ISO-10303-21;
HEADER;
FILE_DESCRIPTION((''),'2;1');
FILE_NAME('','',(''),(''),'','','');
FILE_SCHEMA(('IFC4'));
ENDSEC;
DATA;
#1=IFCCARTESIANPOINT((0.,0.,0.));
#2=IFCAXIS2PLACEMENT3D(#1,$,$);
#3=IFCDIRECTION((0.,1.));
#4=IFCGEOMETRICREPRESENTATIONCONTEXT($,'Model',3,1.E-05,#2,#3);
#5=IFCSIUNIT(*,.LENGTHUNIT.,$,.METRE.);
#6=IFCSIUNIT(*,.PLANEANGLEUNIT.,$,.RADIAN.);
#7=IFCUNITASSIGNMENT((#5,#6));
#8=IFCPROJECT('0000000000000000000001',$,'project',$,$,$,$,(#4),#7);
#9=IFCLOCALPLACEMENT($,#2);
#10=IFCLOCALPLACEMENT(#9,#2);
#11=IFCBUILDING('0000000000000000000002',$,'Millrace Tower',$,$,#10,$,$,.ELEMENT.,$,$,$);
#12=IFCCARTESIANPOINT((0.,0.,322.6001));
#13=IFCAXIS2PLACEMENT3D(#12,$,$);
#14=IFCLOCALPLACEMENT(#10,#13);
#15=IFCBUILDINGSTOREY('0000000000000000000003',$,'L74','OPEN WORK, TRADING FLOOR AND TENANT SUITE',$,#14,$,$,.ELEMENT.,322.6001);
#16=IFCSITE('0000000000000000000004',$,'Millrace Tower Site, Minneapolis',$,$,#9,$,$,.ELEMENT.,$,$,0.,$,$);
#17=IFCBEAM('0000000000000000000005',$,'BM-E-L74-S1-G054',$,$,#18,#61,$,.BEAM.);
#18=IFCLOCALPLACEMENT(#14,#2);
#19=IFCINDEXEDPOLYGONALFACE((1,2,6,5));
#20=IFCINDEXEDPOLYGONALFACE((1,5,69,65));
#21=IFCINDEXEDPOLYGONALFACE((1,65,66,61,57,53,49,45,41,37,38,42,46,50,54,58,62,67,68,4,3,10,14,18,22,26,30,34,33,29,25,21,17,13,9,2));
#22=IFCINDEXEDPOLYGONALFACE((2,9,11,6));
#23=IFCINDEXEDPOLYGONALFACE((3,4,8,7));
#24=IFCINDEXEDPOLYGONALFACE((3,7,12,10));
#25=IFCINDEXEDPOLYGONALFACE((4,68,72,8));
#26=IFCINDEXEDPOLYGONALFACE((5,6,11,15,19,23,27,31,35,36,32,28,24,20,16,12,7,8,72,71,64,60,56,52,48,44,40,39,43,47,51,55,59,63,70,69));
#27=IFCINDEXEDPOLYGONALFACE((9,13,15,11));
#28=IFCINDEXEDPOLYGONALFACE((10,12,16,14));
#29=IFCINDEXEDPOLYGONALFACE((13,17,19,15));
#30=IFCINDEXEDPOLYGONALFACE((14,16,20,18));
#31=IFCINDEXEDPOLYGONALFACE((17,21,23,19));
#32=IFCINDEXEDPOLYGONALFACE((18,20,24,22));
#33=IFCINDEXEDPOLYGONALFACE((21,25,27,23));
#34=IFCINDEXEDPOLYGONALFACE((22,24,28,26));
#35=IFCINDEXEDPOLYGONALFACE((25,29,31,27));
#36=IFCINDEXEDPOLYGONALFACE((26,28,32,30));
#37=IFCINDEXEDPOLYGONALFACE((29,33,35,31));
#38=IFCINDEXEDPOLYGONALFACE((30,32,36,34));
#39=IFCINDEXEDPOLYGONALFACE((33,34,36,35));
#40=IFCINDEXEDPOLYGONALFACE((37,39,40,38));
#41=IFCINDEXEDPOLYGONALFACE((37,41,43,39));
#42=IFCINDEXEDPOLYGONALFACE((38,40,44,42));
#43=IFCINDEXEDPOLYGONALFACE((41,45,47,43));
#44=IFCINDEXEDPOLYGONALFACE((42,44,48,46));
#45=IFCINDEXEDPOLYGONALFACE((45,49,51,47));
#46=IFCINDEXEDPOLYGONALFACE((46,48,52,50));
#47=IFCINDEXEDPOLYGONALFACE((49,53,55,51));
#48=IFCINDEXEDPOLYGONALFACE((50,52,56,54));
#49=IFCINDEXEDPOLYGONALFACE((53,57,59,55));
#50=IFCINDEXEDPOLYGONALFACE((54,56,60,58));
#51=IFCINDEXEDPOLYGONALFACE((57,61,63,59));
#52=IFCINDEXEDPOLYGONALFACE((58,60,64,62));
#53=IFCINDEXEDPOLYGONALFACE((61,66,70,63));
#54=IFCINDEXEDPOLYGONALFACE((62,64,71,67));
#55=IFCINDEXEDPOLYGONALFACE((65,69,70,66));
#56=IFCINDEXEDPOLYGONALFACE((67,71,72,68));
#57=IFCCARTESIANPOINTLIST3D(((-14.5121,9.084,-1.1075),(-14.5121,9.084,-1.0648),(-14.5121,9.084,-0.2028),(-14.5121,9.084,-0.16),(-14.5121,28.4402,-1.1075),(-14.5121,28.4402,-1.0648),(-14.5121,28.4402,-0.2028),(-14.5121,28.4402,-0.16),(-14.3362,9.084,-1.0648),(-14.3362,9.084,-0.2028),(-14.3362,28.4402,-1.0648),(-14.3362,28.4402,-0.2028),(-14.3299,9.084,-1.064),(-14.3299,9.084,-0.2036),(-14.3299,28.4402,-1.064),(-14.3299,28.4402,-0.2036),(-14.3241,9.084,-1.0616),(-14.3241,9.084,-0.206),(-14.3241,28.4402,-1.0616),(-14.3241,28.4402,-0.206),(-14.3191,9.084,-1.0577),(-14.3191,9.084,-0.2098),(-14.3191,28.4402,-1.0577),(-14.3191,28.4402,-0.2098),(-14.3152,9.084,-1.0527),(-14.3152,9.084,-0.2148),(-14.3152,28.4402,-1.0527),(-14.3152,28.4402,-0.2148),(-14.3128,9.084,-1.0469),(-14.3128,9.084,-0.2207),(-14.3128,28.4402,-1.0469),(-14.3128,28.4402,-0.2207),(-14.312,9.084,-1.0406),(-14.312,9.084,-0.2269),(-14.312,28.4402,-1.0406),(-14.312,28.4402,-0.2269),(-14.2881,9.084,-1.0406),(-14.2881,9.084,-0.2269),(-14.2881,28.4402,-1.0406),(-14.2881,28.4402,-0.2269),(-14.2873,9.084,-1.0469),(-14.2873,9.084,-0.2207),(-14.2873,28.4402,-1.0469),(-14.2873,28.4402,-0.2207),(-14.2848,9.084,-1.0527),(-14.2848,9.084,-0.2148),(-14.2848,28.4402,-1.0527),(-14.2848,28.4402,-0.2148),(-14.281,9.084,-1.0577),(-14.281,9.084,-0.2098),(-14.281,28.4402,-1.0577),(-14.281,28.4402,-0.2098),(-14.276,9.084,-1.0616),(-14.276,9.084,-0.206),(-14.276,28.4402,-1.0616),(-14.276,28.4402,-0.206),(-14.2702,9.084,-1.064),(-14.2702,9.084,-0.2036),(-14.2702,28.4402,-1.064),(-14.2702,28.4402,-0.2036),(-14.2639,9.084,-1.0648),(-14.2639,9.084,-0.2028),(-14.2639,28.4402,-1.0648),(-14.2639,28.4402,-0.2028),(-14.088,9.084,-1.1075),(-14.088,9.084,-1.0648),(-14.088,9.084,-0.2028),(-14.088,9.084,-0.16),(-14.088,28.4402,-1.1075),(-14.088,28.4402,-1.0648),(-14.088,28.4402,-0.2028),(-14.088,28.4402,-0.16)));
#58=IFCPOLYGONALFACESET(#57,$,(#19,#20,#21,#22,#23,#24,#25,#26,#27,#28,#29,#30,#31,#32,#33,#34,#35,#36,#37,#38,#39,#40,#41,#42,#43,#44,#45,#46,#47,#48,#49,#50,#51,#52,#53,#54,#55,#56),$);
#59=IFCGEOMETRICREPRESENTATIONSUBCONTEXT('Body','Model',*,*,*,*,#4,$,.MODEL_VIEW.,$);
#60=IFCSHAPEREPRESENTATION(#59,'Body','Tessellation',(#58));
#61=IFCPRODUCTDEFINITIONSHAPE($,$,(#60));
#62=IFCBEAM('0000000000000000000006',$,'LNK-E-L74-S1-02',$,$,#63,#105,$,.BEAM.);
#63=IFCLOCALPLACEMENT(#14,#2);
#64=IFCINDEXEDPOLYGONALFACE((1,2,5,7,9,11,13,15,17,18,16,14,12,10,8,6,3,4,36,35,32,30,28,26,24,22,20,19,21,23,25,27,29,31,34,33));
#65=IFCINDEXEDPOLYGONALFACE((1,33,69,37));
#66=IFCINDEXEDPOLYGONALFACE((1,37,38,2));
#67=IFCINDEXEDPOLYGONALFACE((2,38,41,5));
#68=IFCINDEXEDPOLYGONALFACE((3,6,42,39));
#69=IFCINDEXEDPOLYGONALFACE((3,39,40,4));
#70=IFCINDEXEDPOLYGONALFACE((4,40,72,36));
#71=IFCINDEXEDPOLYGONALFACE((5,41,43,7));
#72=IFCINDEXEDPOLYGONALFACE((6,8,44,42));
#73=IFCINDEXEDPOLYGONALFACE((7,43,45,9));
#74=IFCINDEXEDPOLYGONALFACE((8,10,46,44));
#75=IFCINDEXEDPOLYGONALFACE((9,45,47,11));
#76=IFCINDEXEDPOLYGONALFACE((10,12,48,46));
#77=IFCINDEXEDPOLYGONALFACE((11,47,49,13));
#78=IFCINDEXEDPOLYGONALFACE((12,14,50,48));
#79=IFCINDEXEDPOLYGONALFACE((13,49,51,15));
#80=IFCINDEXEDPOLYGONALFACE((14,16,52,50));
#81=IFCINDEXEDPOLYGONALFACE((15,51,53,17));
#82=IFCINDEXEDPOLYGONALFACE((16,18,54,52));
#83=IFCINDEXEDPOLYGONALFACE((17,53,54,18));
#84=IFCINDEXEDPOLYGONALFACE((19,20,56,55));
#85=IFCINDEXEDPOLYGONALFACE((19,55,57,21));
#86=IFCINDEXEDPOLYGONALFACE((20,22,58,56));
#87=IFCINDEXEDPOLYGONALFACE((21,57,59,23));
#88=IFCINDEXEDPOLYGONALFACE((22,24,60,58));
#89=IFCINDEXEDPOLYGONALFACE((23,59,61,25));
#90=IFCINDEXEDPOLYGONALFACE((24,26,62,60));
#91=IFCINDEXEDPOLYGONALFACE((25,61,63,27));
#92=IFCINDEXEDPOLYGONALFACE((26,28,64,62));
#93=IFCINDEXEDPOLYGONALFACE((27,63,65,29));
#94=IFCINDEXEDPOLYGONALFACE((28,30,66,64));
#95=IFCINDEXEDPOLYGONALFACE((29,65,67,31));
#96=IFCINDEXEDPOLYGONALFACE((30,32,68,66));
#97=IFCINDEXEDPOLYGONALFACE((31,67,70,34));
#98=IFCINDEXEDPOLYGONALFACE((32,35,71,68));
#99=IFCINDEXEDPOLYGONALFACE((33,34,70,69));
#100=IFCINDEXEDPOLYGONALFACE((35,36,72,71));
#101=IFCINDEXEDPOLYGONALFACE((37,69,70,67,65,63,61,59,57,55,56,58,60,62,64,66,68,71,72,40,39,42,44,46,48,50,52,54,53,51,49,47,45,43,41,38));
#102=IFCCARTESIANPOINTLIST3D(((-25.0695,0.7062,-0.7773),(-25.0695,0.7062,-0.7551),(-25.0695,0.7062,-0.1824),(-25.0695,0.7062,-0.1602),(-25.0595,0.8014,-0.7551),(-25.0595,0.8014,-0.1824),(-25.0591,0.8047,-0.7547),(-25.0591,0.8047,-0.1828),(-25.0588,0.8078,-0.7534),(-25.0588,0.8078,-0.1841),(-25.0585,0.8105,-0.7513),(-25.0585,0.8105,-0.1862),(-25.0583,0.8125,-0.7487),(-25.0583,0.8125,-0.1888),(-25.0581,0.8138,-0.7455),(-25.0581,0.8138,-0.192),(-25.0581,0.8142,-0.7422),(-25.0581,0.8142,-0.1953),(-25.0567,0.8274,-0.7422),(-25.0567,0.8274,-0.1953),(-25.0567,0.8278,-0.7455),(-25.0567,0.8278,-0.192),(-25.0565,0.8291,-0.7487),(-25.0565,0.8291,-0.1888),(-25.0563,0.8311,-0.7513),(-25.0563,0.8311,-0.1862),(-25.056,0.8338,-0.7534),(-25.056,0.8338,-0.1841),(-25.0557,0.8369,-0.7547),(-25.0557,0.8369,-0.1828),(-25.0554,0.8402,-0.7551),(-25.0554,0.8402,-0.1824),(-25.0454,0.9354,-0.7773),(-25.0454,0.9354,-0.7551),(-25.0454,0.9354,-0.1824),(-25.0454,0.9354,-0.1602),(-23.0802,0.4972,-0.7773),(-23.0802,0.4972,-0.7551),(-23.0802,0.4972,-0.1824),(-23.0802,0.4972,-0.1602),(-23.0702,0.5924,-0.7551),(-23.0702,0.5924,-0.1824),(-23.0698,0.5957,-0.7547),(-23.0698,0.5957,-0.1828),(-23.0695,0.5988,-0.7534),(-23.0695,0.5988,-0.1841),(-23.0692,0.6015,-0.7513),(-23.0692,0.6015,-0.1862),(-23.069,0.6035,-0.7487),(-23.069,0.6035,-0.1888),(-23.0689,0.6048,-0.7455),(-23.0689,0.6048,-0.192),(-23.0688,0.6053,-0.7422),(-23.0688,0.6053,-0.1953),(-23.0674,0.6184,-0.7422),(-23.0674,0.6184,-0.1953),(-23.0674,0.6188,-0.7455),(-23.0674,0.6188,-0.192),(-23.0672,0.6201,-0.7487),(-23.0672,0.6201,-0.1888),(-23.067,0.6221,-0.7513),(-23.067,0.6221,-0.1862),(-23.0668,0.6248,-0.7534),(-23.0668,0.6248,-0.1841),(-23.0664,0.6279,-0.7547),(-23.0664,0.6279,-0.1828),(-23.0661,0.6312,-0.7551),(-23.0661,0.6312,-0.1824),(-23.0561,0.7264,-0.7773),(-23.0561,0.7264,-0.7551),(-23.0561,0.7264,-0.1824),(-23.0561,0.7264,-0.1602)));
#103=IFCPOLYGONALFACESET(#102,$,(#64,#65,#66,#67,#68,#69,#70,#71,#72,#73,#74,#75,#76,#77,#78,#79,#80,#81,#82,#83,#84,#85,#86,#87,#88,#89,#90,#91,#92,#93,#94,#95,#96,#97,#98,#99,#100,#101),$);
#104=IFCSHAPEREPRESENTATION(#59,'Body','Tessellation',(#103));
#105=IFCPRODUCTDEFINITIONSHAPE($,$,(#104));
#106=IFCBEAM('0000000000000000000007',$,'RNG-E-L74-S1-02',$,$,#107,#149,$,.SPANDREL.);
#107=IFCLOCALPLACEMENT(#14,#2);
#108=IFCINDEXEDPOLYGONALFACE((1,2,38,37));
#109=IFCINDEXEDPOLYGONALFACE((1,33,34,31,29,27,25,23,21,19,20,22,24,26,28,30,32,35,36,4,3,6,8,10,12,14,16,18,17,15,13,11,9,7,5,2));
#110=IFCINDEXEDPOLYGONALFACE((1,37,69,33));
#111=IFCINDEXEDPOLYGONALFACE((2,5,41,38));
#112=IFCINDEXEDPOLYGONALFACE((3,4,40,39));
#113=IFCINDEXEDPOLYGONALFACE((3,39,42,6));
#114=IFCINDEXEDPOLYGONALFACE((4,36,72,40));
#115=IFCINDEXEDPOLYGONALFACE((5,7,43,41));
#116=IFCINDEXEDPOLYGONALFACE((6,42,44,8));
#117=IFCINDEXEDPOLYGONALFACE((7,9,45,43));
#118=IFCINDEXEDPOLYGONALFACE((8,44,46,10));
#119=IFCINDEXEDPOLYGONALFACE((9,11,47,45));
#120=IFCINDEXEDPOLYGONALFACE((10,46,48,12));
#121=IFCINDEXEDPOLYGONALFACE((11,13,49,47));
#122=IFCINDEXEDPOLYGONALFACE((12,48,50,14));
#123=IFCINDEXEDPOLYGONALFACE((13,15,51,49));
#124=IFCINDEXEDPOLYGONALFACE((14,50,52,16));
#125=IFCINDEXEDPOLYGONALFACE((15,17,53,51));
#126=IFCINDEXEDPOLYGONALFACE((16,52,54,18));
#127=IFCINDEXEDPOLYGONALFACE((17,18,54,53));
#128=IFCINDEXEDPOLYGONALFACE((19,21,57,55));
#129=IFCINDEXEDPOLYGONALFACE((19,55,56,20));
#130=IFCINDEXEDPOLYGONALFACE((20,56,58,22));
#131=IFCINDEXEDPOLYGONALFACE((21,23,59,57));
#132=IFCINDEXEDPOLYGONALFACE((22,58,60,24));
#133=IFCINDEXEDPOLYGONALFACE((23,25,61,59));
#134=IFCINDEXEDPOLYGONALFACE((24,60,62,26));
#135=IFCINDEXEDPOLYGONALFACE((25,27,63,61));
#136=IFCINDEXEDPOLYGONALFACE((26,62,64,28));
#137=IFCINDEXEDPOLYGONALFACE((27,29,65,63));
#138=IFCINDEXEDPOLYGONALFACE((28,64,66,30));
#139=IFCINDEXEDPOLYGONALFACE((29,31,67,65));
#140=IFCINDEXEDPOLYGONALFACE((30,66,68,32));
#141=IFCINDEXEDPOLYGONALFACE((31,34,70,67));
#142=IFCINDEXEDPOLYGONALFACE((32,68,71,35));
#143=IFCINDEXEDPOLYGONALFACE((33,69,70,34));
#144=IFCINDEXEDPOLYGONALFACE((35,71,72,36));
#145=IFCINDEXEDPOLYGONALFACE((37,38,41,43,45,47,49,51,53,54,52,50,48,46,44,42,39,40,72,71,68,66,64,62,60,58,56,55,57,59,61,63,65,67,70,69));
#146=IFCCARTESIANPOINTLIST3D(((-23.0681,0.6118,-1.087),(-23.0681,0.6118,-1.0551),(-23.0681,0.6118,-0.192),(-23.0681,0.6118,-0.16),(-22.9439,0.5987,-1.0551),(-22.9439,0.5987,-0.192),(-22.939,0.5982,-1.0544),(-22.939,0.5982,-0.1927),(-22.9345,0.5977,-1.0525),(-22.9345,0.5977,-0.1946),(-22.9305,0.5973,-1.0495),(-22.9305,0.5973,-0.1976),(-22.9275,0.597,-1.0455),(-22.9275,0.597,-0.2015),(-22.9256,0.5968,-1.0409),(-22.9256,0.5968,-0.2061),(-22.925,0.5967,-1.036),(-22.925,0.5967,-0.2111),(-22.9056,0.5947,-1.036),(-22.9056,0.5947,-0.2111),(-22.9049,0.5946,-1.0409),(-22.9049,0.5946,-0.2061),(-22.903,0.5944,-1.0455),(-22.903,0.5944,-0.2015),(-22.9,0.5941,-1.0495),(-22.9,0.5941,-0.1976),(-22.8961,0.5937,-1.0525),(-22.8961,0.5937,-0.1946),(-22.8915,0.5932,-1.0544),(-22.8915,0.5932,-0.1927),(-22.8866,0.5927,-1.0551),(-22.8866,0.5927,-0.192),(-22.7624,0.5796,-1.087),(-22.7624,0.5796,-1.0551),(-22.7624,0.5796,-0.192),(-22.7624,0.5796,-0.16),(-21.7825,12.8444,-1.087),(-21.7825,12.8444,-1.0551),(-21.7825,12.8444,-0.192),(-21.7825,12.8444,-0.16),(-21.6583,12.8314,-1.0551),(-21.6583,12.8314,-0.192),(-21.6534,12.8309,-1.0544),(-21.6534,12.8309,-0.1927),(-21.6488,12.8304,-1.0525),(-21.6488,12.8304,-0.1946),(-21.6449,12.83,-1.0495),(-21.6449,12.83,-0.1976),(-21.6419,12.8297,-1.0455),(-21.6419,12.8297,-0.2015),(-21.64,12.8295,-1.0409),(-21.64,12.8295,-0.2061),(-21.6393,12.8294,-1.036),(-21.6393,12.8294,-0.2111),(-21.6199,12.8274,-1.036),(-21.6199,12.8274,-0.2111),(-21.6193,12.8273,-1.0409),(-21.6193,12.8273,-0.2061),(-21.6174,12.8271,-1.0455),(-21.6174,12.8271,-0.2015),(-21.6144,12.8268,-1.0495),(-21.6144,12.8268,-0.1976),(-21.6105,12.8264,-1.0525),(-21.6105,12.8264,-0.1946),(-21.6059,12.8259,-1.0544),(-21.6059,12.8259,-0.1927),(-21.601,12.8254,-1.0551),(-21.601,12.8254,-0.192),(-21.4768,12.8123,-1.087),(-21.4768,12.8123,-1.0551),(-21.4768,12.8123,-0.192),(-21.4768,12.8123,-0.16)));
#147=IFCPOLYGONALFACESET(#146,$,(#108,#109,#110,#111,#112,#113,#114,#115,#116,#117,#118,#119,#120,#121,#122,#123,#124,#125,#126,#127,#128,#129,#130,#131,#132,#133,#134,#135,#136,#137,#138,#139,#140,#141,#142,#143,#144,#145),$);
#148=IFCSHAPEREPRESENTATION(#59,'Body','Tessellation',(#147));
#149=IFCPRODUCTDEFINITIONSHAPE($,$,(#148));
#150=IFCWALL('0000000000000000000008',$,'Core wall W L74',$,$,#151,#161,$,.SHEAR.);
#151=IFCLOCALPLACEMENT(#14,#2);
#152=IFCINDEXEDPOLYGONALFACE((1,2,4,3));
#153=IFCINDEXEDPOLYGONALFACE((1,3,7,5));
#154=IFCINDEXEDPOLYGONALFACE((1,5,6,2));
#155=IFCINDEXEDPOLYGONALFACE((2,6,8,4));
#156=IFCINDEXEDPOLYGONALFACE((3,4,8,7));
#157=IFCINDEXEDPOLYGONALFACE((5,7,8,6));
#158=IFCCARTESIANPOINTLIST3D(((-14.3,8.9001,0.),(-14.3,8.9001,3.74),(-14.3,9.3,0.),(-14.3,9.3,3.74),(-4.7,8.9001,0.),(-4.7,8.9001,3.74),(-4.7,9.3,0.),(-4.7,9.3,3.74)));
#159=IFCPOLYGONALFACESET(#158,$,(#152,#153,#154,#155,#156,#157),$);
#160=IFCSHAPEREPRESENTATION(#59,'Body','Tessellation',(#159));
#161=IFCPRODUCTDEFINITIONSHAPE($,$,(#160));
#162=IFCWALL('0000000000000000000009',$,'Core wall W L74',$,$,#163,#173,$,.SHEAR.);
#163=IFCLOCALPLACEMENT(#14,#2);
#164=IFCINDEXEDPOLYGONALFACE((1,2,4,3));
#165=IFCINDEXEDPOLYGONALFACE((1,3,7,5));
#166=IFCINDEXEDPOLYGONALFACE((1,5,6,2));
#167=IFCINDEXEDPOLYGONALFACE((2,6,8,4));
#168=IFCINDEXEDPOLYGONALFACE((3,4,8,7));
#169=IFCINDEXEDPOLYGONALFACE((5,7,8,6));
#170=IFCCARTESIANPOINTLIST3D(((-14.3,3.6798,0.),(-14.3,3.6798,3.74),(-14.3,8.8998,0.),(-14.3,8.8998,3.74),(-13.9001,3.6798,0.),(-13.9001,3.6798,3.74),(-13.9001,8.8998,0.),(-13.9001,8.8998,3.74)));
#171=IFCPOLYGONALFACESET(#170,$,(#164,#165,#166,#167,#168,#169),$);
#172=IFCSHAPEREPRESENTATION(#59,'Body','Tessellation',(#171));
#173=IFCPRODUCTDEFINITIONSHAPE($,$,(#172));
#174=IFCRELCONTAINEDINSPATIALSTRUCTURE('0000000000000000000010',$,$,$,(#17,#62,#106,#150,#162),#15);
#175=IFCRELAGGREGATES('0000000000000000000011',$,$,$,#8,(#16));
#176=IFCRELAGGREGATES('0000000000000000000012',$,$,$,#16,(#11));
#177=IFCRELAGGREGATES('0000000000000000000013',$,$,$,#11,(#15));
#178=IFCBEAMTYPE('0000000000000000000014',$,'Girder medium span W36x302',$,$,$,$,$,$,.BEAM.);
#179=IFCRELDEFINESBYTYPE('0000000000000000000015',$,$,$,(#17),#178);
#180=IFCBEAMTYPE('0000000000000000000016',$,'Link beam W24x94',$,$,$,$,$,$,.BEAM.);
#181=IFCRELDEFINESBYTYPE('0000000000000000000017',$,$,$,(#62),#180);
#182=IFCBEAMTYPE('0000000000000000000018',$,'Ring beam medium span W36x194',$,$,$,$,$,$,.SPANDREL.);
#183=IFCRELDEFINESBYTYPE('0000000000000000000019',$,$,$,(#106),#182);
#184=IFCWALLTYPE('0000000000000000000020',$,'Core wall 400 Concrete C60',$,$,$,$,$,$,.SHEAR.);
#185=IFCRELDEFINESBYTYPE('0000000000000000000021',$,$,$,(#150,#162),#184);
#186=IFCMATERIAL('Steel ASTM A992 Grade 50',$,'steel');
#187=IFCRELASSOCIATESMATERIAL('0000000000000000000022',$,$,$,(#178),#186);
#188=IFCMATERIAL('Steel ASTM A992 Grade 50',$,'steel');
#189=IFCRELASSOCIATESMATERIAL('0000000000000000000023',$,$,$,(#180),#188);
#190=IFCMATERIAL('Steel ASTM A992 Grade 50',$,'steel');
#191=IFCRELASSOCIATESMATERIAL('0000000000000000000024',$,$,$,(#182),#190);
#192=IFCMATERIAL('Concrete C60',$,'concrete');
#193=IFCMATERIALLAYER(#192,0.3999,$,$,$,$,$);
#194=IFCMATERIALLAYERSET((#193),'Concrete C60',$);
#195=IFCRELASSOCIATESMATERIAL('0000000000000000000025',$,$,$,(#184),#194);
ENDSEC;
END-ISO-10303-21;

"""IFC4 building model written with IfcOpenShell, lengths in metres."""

from ifc_helpers import new_model, si_unit, direction, frame, frame_2d, origin, origin_2d, place, context, subcontext, project, spatial, rectangle, i_section, extrude, material, layer, layer_set, material_profile, profile_set, type_object, element, save


model = new_model("IFC4")

# Units and contexts
model_context = context("Model", 3, precision=1e-05, world=origin(), true_north=direction((0.0, 1.0)))
body_context = subcontext(model_context, "Body", "Model", "MODEL_VIEW")
ifc_project = project(units=[si_unit("LENGTHUNIT", "METRE"), si_unit("PLANEANGLEUNIT", "RADIAN")], contexts=[model_context])

# Site, building, storey
site_placement = place(None, origin())
site = spatial("IfcSite", under=ifc_project, at=site_placement, Name="Millrace Tower Site, Minneapolis", CompositionType="ELEMENT", RefElevation=0.0)
building_placement = place(site_placement, origin())
building = spatial("IfcBuilding", under=site, at=building_placement, Name="Millrace Tower", CompositionType="ELEMENT")
storey_placement = place(building_placement, frame((0.0, 0.0, 322.6001)))
storey = spatial("IfcBuildingStorey", under=building, at=storey_placement, Name="L74", Description="OPEN WORK, TRADING FLOOR AND TENANT SUITE", CompositionType="ELEMENT", Elevation=322.6001)

# Beams
ifc_material_1 = material(Name="Steel ASTM A992 Grade 50", Category="steel")
ifc_material_profile_1 = material_profile(ifc_material_1, i_section(OverallWidth=0.4241, OverallDepth=0.9475, WebThickness=0.0239, FlangeThickness=0.0427, FilletRadius=0.0242, at=origin_2d()))
ifc_profile_set_1 = profile_set([ifc_material_profile_1], Name="Steel ASTM A992 Grade 50")
beam_type_1 = type_object("IfcBeamType", Name="Girder medium span W36x302", PredefinedType="BEAM", material=ifc_profile_set_1)
beam_1_placement = place(storey_placement, frame((-14.3, 9.084, -0.6338), z_axis=(0.0, 1.0, 0.0), x_axis=(-1.0, 0.0, 0.0)))
element("IfcBeam", 1, at=beam_1_placement, inside=storey, type_object=beam_type_1, Name="BM-E-L74-S1-G054", PredefinedType="BEAM", context=body_context, shape_type="SweptSolid", body=[
    extrude(i_section(OverallWidth=0.4241, OverallDepth=0.9475, WebThickness=0.0239, FlangeThickness=0.0427, FilletRadius=0.0242, at=origin_2d()), origin(), (0.0, 0.0, 1.0), 19.3562),
])
ifc_material_2 = material(Name="Steel ASTM A992 Grade 50", Category="steel")
ifc_material_profile_2 = material_profile(ifc_material_2, i_section(OverallWidth=0.2305, OverallDepth=0.6172, WebThickness=0.0132, FlangeThickness=0.0222, FilletRadius=0.0129, at=origin_2d()))
ifc_profile_set_2 = profile_set([ifc_material_profile_2], Name="Steel ASTM A992 Grade 50")
beam_type_2 = type_object("IfcBeamType", Name="Link beam W24x94", PredefinedType="BEAM", material=ifc_profile_set_2)
beam_2_placement = place(storey_placement, frame((-23.0681, 0.6118, -0.4688), z_axis=(-0.994527, 0.104481, 0.0), x_axis=(-0.104481, -0.994527, 0.0)))
element("IfcBeam", 2, at=beam_2_placement, inside=storey, type_object=beam_type_2, Name="LNK-E-L74-S1-02", PredefinedType="BEAM", context=body_context, shape_type="SweptSolid", body=[
    extrude(i_section(OverallWidth=0.2305, OverallDepth=0.6172, WebThickness=0.0132, FlangeThickness=0.0222, FilletRadius=0.0129, at=origin_2d()), origin(), (0.0, 0.0, 1.0), 2.0002),
])
ifc_material_3 = material(Name="Steel ASTM A992 Grade 50", Category="steel")
ifc_material_profile_3 = material_profile(ifc_material_3, i_section(OverallWidth=0.3074, OverallDepth=0.927, WebThickness=0.0195, FlangeThickness=0.032, FilletRadius=0.019, at=origin_2d()))
ifc_profile_set_3 = profile_set([ifc_material_profile_3], Name="Steel ASTM A992 Grade 50")
beam_type_3 = type_object("IfcBeamType", Name="Ring beam medium span W36x194", PredefinedType="SPANDREL", material=ifc_profile_set_3)
beam_3_placement = place(storey_placement, frame((-22.9153, 0.5957, -0.6235), z_axis=(0.104524, 0.994522, 0.0), x_axis=(-0.994522, 0.104524, 0.0)))
element("IfcBeam", 3, at=beam_3_placement, inside=storey, type_object=beam_type_3, Name="RNG-E-L74-S1-02", PredefinedType="SPANDREL", context=body_context, shape_type="SweptSolid", body=[
    extrude(i_section(OverallWidth=0.3074, OverallDepth=0.927, WebThickness=0.0195, FlangeThickness=0.032, FilletRadius=0.019, at=origin_2d()), origin(), (0.0, 0.0, 1.0), 12.3),
])

# Walls
ifc_material_4 = material(Name="Concrete C60", Category="concrete")
ifc_layer_1 = layer(ifc_material_4, 0.3999)
ifc_layer_set_1 = layer_set([ifc_layer_1], Name="Concrete C60")
wall_type_1 = type_object("IfcWallType", Name="Core wall 400 Concrete C60", PredefinedType="SHEAR", material=ifc_layer_set_1)
wall_1_placement = place(storey_placement, frame((-14.3, 9.1001, 0.0), z_axis=(0.0, 0.0, 1.0), x_axis=(1.0, 0.0, 0.0)))
element("IfcWall", 4, at=wall_1_placement, inside=storey, type_object=wall_type_1, Name="Core wall W L74", PredefinedType="SHEAR", context=body_context, shape_type="SweptSolid", body=[
    extrude(rectangle(XDim=9.6001, YDim=0.3999, at=frame_2d((4.8, 0.0))), origin(), (0.0, 0.0, 1.0), 3.74),
])
wall_2_placement = place(storey_placement, frame((-14.1001, 3.6799, 0.0), z_axis=(0.0, 0.0, 1.0), x_axis=(0.0, 1.0, 0.0)))
element("IfcWall", 5, at=wall_2_placement, inside=storey, type_object=wall_type_1, Name="Core wall W L74", PredefinedType="SHEAR", context=body_context, shape_type="SweptSolid", body=[
    extrude(rectangle(XDim=5.22, YDim=0.3999, at=frame_2d((2.6099, 0.0))), origin(), (0.0, 0.0, 1.0), 3.74),
])

save(model, "model.ifc")
